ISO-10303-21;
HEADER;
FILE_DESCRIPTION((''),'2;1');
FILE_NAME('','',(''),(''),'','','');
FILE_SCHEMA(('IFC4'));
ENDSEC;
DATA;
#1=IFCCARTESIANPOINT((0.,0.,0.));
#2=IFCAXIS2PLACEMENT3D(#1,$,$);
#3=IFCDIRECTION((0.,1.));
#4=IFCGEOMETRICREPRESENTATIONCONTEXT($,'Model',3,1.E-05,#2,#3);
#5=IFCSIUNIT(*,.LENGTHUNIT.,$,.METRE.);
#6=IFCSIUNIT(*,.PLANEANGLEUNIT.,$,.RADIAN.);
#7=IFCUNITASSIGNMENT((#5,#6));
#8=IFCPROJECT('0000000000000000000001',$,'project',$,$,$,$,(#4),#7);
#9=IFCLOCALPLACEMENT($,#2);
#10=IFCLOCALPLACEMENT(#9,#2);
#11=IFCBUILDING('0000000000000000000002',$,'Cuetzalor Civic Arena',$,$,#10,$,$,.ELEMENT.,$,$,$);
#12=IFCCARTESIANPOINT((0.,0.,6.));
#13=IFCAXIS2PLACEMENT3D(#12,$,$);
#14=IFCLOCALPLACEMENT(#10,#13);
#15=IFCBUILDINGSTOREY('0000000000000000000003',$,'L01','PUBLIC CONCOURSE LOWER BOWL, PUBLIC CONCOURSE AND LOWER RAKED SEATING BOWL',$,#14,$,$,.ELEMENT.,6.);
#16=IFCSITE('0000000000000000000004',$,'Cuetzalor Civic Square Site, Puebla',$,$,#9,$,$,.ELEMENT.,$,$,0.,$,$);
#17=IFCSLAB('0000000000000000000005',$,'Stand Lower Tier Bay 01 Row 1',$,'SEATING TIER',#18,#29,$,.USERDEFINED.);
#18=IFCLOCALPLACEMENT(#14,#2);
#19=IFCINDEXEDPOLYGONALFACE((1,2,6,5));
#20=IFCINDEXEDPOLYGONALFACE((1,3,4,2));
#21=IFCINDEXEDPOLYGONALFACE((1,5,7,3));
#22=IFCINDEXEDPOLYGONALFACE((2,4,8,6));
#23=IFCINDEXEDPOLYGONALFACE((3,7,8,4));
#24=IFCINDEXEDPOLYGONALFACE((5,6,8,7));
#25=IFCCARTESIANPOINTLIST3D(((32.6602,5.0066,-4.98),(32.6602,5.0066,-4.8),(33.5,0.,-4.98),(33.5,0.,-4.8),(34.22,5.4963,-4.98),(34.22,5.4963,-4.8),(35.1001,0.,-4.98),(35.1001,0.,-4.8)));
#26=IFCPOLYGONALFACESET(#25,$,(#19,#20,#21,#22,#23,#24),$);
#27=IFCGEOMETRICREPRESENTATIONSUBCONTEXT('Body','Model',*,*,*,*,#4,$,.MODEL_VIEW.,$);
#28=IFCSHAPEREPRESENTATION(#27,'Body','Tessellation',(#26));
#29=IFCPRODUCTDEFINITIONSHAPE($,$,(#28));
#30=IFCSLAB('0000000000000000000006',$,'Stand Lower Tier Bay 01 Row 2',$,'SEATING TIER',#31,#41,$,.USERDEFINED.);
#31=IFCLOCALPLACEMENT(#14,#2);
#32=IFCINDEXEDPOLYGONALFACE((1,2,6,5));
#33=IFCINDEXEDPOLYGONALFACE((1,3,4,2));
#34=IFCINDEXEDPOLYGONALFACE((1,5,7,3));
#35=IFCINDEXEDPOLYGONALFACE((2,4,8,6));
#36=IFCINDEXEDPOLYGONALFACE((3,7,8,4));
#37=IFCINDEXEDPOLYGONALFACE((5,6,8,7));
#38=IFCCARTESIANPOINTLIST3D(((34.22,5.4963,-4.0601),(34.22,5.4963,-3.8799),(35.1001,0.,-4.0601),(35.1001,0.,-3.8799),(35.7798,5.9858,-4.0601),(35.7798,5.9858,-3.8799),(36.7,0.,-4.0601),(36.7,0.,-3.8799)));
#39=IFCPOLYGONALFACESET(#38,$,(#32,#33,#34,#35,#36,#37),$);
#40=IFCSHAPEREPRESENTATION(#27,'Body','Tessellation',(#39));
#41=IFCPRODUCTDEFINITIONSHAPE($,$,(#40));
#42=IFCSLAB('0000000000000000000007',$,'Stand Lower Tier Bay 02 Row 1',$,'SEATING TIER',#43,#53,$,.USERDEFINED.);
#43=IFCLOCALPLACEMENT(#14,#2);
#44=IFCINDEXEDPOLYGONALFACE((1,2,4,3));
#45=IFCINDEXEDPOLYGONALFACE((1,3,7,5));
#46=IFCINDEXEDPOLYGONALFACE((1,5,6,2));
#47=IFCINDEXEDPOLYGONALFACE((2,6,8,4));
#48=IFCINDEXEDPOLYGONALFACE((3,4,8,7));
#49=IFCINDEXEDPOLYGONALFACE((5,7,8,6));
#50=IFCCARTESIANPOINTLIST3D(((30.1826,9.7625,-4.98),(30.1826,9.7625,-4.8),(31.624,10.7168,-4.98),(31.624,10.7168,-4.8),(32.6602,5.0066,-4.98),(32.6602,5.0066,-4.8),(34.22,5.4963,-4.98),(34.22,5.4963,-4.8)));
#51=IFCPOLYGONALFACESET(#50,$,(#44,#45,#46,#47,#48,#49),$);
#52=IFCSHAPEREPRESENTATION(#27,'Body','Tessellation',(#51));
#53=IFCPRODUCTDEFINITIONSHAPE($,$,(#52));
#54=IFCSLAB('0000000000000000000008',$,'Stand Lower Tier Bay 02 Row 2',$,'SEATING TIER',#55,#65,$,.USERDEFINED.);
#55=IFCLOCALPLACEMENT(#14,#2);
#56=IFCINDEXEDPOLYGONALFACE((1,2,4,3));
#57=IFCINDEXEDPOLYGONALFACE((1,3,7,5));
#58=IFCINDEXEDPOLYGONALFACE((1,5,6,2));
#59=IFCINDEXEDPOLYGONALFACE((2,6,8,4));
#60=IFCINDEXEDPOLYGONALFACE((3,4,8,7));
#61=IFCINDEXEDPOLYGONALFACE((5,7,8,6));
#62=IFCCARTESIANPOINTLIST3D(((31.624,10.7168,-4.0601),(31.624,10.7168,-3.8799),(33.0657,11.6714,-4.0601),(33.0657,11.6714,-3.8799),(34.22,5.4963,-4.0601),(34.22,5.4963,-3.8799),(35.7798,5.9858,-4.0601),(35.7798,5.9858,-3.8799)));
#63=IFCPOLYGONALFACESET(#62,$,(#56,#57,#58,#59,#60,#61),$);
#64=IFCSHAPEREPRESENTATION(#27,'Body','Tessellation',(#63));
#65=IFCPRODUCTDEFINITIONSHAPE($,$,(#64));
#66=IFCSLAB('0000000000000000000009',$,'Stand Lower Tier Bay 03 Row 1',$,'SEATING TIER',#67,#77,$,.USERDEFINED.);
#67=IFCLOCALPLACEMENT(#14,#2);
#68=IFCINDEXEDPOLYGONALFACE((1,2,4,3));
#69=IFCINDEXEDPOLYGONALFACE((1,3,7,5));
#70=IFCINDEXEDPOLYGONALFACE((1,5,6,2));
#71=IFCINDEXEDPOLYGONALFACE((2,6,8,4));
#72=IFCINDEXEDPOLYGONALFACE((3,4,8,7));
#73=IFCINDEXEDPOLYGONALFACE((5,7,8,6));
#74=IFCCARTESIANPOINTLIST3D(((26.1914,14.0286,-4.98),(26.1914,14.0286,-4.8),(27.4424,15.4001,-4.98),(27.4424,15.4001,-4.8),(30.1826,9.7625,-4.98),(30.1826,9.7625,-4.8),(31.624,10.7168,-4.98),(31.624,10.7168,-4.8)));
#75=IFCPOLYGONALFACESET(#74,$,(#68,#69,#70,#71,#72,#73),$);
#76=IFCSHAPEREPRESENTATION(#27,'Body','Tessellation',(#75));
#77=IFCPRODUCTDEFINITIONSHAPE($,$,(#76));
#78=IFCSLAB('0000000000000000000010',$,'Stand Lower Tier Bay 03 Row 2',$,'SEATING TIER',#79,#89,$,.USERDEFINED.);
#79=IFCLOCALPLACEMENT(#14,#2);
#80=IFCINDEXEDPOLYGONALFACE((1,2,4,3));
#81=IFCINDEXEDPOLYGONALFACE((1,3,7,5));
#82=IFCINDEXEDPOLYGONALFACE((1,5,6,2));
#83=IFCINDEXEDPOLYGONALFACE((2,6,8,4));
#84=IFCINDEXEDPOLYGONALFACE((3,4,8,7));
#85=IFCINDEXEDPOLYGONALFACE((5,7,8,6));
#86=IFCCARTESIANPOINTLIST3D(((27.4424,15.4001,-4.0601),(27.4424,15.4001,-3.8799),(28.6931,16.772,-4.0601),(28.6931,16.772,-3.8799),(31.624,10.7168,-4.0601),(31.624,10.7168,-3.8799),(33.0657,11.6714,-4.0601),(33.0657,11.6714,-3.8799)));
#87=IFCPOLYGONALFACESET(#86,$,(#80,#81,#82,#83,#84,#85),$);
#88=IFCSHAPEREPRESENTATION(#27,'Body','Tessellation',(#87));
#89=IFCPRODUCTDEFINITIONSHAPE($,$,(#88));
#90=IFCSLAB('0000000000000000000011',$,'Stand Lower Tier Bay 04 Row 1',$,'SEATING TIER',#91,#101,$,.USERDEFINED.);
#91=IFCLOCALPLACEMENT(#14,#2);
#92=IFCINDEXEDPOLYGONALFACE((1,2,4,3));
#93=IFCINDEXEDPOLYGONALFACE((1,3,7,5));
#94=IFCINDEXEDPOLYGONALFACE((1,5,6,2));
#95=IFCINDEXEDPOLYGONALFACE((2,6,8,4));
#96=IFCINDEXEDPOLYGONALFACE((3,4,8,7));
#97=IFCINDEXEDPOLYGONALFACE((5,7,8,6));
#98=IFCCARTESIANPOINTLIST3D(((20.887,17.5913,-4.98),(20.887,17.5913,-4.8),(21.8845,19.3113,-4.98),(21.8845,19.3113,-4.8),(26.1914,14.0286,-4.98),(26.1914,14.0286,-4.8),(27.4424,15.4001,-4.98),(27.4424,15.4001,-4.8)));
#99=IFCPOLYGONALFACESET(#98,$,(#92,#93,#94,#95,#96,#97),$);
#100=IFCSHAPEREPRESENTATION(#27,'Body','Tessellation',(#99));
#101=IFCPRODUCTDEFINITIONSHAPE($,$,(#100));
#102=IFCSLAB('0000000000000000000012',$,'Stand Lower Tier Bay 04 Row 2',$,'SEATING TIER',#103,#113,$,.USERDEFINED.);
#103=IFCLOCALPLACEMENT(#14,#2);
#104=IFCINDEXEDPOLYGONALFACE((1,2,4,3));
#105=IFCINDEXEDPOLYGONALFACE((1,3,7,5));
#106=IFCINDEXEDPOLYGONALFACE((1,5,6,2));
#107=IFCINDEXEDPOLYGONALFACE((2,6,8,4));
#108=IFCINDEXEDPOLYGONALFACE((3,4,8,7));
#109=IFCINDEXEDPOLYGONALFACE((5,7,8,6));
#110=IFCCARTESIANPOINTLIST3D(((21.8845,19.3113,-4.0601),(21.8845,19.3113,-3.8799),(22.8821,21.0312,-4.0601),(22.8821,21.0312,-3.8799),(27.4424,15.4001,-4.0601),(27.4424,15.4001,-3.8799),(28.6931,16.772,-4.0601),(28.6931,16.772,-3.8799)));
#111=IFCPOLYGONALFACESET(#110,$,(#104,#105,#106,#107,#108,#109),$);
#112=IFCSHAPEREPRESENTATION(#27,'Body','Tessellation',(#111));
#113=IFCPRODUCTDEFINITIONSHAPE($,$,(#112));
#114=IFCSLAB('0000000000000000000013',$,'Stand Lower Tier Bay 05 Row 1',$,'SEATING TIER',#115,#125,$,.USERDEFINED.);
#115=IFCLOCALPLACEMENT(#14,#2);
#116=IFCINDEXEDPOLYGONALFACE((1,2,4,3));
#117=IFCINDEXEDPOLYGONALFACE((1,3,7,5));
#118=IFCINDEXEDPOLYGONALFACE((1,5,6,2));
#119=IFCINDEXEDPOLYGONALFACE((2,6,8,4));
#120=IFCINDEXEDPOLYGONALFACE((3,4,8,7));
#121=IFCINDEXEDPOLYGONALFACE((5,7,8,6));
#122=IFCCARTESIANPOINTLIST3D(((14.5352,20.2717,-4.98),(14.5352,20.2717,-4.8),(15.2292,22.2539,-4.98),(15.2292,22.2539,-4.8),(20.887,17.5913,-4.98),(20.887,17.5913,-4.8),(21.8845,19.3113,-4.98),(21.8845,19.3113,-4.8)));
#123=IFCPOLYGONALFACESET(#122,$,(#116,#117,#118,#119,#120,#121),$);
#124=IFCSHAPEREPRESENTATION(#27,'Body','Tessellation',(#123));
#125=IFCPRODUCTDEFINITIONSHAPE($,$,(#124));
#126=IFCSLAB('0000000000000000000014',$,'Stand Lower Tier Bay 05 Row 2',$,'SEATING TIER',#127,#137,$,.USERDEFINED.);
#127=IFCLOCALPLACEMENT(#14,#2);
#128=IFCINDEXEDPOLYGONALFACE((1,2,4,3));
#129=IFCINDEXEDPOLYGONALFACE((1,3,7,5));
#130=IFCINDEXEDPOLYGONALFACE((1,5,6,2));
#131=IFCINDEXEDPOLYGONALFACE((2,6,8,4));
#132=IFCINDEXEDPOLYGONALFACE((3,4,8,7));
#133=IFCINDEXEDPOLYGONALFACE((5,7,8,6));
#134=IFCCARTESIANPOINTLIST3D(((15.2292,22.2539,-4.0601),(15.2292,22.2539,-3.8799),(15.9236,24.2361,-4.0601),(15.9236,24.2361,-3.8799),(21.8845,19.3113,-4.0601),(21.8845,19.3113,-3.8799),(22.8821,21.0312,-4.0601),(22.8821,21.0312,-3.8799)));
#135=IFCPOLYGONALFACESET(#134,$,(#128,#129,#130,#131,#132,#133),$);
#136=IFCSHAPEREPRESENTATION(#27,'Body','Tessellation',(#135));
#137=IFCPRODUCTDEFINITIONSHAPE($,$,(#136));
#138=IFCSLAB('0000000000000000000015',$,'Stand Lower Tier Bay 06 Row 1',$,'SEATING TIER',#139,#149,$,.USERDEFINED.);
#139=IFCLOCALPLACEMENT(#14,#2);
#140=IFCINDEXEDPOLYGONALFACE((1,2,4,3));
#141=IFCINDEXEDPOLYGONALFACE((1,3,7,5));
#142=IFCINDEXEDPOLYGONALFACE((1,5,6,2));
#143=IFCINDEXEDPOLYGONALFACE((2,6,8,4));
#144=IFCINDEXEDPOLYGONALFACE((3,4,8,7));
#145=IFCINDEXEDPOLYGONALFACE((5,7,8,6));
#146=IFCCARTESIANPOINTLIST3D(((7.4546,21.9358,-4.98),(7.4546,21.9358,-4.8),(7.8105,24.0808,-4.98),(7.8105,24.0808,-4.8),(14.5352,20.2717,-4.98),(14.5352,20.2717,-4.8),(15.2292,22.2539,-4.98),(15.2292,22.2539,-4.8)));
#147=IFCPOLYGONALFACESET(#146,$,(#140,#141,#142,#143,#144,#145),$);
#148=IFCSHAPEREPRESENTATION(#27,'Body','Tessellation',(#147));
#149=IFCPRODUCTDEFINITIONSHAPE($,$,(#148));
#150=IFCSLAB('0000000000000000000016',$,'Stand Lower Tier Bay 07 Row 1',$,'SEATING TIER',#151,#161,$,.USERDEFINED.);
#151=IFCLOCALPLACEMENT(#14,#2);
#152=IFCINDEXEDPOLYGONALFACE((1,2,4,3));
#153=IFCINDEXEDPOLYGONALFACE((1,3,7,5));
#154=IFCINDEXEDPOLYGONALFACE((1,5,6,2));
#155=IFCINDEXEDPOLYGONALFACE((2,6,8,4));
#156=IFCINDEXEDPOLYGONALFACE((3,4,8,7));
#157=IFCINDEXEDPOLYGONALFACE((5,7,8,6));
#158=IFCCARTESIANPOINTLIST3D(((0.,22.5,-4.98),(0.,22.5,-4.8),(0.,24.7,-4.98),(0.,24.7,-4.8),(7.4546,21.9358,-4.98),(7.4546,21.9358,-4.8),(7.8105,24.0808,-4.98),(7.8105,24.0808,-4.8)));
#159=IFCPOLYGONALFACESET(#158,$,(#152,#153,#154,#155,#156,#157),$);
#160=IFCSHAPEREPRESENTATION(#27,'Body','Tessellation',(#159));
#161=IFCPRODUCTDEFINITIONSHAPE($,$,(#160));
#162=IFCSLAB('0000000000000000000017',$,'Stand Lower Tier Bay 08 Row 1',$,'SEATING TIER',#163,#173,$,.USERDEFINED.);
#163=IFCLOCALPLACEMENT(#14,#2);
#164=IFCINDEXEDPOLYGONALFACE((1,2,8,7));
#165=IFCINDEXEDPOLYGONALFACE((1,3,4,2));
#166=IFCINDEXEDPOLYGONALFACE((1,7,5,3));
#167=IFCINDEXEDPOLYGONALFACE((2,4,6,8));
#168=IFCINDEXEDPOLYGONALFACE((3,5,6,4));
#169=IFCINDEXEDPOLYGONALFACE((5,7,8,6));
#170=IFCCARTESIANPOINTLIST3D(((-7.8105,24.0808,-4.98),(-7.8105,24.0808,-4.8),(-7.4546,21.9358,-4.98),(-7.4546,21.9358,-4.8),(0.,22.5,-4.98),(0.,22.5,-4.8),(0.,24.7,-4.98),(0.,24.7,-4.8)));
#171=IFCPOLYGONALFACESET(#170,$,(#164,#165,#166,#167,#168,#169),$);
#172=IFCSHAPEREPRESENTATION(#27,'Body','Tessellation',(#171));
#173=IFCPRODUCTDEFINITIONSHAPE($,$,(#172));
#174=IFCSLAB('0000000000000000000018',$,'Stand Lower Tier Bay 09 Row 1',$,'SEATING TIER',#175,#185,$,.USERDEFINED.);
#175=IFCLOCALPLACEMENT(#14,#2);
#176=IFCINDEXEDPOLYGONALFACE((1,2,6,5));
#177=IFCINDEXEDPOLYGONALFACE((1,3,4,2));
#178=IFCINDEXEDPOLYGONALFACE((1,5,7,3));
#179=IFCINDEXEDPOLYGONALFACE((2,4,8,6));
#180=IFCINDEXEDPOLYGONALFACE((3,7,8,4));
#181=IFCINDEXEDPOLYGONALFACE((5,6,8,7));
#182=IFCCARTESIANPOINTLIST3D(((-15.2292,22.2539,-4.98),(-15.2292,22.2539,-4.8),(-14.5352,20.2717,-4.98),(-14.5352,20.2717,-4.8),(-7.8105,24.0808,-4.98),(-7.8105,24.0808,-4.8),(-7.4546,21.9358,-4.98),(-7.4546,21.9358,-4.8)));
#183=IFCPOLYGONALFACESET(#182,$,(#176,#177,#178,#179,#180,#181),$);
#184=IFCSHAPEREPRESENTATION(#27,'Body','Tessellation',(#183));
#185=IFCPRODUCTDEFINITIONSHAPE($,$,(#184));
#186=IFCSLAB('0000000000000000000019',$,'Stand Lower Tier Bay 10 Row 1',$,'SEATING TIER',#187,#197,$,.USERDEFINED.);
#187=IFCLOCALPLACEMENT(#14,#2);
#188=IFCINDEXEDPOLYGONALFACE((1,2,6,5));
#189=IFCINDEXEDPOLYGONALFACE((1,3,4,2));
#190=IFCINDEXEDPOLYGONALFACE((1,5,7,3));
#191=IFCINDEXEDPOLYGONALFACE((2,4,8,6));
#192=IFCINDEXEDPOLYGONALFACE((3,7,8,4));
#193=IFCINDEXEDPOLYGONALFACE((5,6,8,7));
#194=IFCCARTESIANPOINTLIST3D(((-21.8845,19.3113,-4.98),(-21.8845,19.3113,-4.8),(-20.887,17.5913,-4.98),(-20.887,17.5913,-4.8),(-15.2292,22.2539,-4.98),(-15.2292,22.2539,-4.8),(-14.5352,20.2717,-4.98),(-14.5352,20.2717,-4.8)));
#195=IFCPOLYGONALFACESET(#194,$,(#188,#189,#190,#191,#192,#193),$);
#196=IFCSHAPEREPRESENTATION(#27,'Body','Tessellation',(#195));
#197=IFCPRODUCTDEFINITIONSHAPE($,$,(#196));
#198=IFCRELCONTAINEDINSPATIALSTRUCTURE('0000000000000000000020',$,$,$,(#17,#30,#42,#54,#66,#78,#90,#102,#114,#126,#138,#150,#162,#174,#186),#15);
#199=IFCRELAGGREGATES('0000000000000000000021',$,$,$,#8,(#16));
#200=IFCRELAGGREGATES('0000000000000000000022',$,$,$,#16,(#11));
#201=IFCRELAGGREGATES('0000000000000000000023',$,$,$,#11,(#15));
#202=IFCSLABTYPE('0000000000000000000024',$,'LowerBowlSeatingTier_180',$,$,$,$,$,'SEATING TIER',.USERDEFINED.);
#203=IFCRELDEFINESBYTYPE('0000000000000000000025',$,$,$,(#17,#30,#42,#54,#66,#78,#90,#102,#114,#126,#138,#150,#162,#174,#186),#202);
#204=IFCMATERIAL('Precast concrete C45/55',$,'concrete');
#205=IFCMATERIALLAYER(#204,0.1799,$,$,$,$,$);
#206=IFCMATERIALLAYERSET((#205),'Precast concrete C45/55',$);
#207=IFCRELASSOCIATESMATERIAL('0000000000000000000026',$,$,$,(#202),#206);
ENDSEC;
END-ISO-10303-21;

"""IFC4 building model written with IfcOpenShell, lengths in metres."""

from ifc_helpers import new_model, si_unit, direction, frame, origin, place, context, subcontext, project, spatial, polyline, outline, extrude, material, layer, layer_set, type_object, element, save


model = new_model("IFC4")

# Units and contexts
model_context = context("Model", 3, precision=1e-05, world=origin(), true_north=direction((0.0, 1.0)))
body_context = subcontext(model_context, "Body", "Model", "MODEL_VIEW")
ifc_project = project(units=[si_unit("LENGTHUNIT", "METRE"), si_unit("PLANEANGLEUNIT", "RADIAN")], contexts=[model_context])

# Site, building, storey
site_placement = place(None, origin())
site = spatial("IfcSite", under=ifc_project, at=site_placement, Name="Cuetzalor Civic Square Site, Puebla", CompositionType="ELEMENT", RefElevation=0.0)
building_placement = place(site_placement, origin())
building = spatial("IfcBuilding", under=site, at=building_placement, Name="Cuetzalor Civic Arena", CompositionType="ELEMENT")
storey_placement = place(building_placement, frame((0.0, 0.0, 6.0)))
storey = spatial("IfcBuildingStorey", under=building, at=storey_placement, Name="L01", Description="PUBLIC CONCOURSE LOWER BOWL, PUBLIC CONCOURSE AND LOWER RAKED SEATING BOWL", CompositionType="ELEMENT", Elevation=6.0)

# Slabs
ifc_material = material(Name="Precast concrete C45/55", Category="concrete")
ifc_layer = layer(ifc_material, 0.1799)
ifc_layer_set = layer_set([ifc_layer], Name="Precast concrete C45/55")
slab_type = type_object("IfcSlabType", Name="LowerBowlSeatingTier_180", ElementType="SEATING TIER", PredefinedType="USERDEFINED", material=ifc_layer_set)
slab_1_placement = place(storey_placement, frame((0.0, 0.0, -4.98)))
element("IfcSlab", 1, at=slab_1_placement, inside=storey, type_object=slab_type, Name="Stand Lower Tier Bay 01 Row 1", ObjectType="SEATING TIER", PredefinedType="USERDEFINED", context=body_context, shape_type="SweptSolid", body=[
    extrude(outline(polyline([(33.5, 0.0), (32.6602, 5.0066), (34.22, 5.4963), (35.1001, 0.0), (33.5, 0.0)])), origin(), (0.0, 0.0, 1.0), 0.1799),
])
slab_2_placement = place(storey_placement, frame((0.0, 0.0, -4.0601)))
element("IfcSlab", 2, at=slab_2_placement, inside=storey, type_object=slab_type, Name="Stand Lower Tier Bay 01 Row 2", ObjectType="SEATING TIER", PredefinedType="USERDEFINED", context=body_context, shape_type="SweptSolid", body=[
    extrude(outline(polyline([(35.1001, 0.0), (34.22, 5.4963), (35.7798, 5.9858), (36.7, 0.0), (35.1001, 0.0)])), origin(), (0.0, 0.0, 1.0), 0.1802),
])
slab_3_placement = place(storey_placement, frame((0.0, 0.0, -4.98)))
element("IfcSlab", 3, at=slab_3_placement, inside=storey, type_object=slab_type, Name="Stand Lower Tier Bay 02 Row 1", ObjectType="SEATING TIER", PredefinedType="USERDEFINED", context=body_context, shape_type="SweptSolid", body=[
    extrude(outline(polyline([(32.6602, 5.0066), (30.1826, 9.7625), (31.624, 10.7168), (34.22, 5.4963), (32.6602, 5.0066)])), origin(), (0.0, 0.0, 1.0), 0.1799),
])
slab_4_placement = place(storey_placement, frame((0.0, 0.0, -4.0601)))
element("IfcSlab", 4, at=slab_4_placement, inside=storey, type_object=slab_type, Name="Stand Lower Tier Bay 02 Row 2", ObjectType="SEATING TIER", PredefinedType="USERDEFINED", context=body_context, shape_type="SweptSolid", body=[
    extrude(outline(polyline([(34.22, 5.4963), (31.624, 10.7168), (33.0657, 11.6714), (35.7798, 5.9858), (34.22, 5.4963)])), origin(), (0.0, 0.0, 1.0), 0.1802),
])
slab_5_placement = place(storey_placement, frame((0.0, 0.0, -4.98)))
element("IfcSlab", 5, at=slab_5_placement, inside=storey, type_object=slab_type, Name="Stand Lower Tier Bay 03 Row 1", ObjectType="SEATING TIER", PredefinedType="USERDEFINED", context=body_context, shape_type="SweptSolid", body=[
    extrude(outline(polyline([(30.1826, 9.7625), (26.1914, 14.0286), (27.4424, 15.4001), (31.624, 10.7168), (30.1826, 9.7625)])), origin(), (0.0, 0.0, 1.0), 0.1799),
])
slab_6_placement = place(storey_placement, frame((0.0, 0.0, -4.0601)))
element("IfcSlab", 6, at=slab_6_placement, inside=storey, type_object=slab_type, Name="Stand Lower Tier Bay 03 Row 2", ObjectType="SEATING TIER", PredefinedType="USERDEFINED", context=body_context, shape_type="SweptSolid", body=[
    extrude(outline(polyline([(31.624, 10.7168), (27.4424, 15.4001), (28.6931, 16.772), (33.0657, 11.6714), (31.624, 10.7168)])), origin(), (0.0, 0.0, 1.0), 0.1802),
])
slab_7_placement = place(storey_placement, frame((0.0, 0.0, -4.98)))
element("IfcSlab", 7, at=slab_7_placement, inside=storey, type_object=slab_type, Name="Stand Lower Tier Bay 04 Row 1", ObjectType="SEATING TIER", PredefinedType="USERDEFINED", context=body_context, shape_type="SweptSolid", body=[
    extrude(outline(polyline([(26.1914, 14.0286), (20.887, 17.5913), (21.8845, 19.3113), (27.4424, 15.4001), (26.1914, 14.0286)])), origin(), (0.0, 0.0, 1.0), 0.1799),
])
slab_8_placement = place(storey_placement, frame((0.0, 0.0, -4.0601)))
element("IfcSlab", 8, at=slab_8_placement, inside=storey, type_object=slab_type, Name="Stand Lower Tier Bay 04 Row 2", ObjectType="SEATING TIER", PredefinedType="USERDEFINED", context=body_context, shape_type="SweptSolid", body=[
    extrude(outline(polyline([(27.4424, 15.4001), (21.8845, 19.3113), (22.8821, 21.0312), (28.6931, 16.772), (27.4424, 15.4001)])), origin(), (0.0, 0.0, 1.0), 0.1802),
])
slab_9_placement = place(storey_placement, frame((0.0, 0.0, -4.98)))
element("IfcSlab", 9, at=slab_9_placement, inside=storey, type_object=slab_type, Name="Stand Lower Tier Bay 05 Row 1", ObjectType="SEATING TIER", PredefinedType="USERDEFINED", context=body_context, shape_type="SweptSolid", body=[
    extrude(outline(polyline([(20.887, 17.5913), (14.5352, 20.2717), (15.2292, 22.2539), (21.8845, 19.3113), (20.887, 17.5913)])), origin(), (0.0, 0.0, 1.0), 0.1799),
])
slab_10_placement = place(storey_placement, frame((0.0, 0.0, -4.0601)))
element("IfcSlab", 10, at=slab_10_placement, inside=storey, type_object=slab_type, Name="Stand Lower Tier Bay 05 Row 2", ObjectType="SEATING TIER", PredefinedType="USERDEFINED", context=body_context, shape_type="SweptSolid", body=[
    extrude(outline(polyline([(21.8845, 19.3113), (15.2292, 22.2539), (15.9236, 24.2361), (22.8821, 21.0312), (21.8845, 19.3113)])), origin(), (0.0, 0.0, 1.0), 0.1802),
])
slab_11_placement = place(storey_placement, frame((0.0, 0.0, -4.98)))
element("IfcSlab", 11, at=slab_11_placement, inside=storey, type_object=slab_type, Name="Stand Lower Tier Bay 06 Row 1", ObjectType="SEATING TIER", PredefinedType="USERDEFINED", context=body_context, shape_type="SweptSolid", body=[
    extrude(outline(polyline([(14.5352, 20.2717), (7.4546, 21.9358), (7.8105, 24.0808), (15.2292, 22.2539), (14.5352, 20.2717)])), origin(), (0.0, 0.0, 1.0), 0.1799),
])
slab_12_placement = place(storey_placement, frame((0.0, 0.0, -4.98)))
element("IfcSlab", 12, at=slab_12_placement, inside=storey, type_object=slab_type, Name="Stand Lower Tier Bay 07 Row 1", ObjectType="SEATING TIER", PredefinedType="USERDEFINED", context=body_context, shape_type="SweptSolid", body=[
    extrude(outline(polyline([(7.4546, 21.9358), (0.0, 22.5), (0.0, 24.7), (7.8105, 24.0808), (7.4546, 21.9358)])), origin(), (0.0, 0.0, 1.0), 0.1799),
])
slab_13_placement = place(storey_placement, frame((0.0, 0.0, -4.98)))
element("IfcSlab", 13, at=slab_13_placement, inside=storey, type_object=slab_type, Name="Stand Lower Tier Bay 08 Row 1", ObjectType="SEATING TIER", PredefinedType="USERDEFINED", context=body_context, shape_type="SweptSolid", body=[
    extrude(outline(polyline([(0.0, 22.5), (-7.4546, 21.9358), (-7.8105, 24.0808), (0.0, 24.7), (0.0, 22.5)])), origin(), (0.0, 0.0, 1.0), 0.1799),
])
slab_14_placement = place(storey_placement, frame((0.0, 0.0, -4.98)))
element("IfcSlab", 14, at=slab_14_placement, inside=storey, type_object=slab_type, Name="Stand Lower Tier Bay 09 Row 1", ObjectType="SEATING TIER", PredefinedType="USERDEFINED", context=body_context, shape_type="SweptSolid", body=[
    extrude(outline(polyline([(-7.4546, 21.9358), (-14.5352, 20.2717), (-15.2292, 22.2539), (-7.8105, 24.0808), (-7.4546, 21.9358)])), origin(), (0.0, 0.0, 1.0), 0.1799),
])
slab_15_placement = place(storey_placement, frame((0.0, 0.0, -4.98)))
element("IfcSlab", 15, at=slab_15_placement, inside=storey, type_object=slab_type, Name="Stand Lower Tier Bay 10 Row 1", ObjectType="SEATING TIER", PredefinedType="USERDEFINED", context=body_context, shape_type="SweptSolid", body=[
    extrude(outline(polyline([(-14.5352, 20.2717), (-20.887, 17.5913), (-21.8845, 19.3113), (-15.2292, 22.2539), (-14.5352, 20.2717)])), origin(), (0.0, 0.0, 1.0), 0.1799),
])

save(model, "model.ifc")
